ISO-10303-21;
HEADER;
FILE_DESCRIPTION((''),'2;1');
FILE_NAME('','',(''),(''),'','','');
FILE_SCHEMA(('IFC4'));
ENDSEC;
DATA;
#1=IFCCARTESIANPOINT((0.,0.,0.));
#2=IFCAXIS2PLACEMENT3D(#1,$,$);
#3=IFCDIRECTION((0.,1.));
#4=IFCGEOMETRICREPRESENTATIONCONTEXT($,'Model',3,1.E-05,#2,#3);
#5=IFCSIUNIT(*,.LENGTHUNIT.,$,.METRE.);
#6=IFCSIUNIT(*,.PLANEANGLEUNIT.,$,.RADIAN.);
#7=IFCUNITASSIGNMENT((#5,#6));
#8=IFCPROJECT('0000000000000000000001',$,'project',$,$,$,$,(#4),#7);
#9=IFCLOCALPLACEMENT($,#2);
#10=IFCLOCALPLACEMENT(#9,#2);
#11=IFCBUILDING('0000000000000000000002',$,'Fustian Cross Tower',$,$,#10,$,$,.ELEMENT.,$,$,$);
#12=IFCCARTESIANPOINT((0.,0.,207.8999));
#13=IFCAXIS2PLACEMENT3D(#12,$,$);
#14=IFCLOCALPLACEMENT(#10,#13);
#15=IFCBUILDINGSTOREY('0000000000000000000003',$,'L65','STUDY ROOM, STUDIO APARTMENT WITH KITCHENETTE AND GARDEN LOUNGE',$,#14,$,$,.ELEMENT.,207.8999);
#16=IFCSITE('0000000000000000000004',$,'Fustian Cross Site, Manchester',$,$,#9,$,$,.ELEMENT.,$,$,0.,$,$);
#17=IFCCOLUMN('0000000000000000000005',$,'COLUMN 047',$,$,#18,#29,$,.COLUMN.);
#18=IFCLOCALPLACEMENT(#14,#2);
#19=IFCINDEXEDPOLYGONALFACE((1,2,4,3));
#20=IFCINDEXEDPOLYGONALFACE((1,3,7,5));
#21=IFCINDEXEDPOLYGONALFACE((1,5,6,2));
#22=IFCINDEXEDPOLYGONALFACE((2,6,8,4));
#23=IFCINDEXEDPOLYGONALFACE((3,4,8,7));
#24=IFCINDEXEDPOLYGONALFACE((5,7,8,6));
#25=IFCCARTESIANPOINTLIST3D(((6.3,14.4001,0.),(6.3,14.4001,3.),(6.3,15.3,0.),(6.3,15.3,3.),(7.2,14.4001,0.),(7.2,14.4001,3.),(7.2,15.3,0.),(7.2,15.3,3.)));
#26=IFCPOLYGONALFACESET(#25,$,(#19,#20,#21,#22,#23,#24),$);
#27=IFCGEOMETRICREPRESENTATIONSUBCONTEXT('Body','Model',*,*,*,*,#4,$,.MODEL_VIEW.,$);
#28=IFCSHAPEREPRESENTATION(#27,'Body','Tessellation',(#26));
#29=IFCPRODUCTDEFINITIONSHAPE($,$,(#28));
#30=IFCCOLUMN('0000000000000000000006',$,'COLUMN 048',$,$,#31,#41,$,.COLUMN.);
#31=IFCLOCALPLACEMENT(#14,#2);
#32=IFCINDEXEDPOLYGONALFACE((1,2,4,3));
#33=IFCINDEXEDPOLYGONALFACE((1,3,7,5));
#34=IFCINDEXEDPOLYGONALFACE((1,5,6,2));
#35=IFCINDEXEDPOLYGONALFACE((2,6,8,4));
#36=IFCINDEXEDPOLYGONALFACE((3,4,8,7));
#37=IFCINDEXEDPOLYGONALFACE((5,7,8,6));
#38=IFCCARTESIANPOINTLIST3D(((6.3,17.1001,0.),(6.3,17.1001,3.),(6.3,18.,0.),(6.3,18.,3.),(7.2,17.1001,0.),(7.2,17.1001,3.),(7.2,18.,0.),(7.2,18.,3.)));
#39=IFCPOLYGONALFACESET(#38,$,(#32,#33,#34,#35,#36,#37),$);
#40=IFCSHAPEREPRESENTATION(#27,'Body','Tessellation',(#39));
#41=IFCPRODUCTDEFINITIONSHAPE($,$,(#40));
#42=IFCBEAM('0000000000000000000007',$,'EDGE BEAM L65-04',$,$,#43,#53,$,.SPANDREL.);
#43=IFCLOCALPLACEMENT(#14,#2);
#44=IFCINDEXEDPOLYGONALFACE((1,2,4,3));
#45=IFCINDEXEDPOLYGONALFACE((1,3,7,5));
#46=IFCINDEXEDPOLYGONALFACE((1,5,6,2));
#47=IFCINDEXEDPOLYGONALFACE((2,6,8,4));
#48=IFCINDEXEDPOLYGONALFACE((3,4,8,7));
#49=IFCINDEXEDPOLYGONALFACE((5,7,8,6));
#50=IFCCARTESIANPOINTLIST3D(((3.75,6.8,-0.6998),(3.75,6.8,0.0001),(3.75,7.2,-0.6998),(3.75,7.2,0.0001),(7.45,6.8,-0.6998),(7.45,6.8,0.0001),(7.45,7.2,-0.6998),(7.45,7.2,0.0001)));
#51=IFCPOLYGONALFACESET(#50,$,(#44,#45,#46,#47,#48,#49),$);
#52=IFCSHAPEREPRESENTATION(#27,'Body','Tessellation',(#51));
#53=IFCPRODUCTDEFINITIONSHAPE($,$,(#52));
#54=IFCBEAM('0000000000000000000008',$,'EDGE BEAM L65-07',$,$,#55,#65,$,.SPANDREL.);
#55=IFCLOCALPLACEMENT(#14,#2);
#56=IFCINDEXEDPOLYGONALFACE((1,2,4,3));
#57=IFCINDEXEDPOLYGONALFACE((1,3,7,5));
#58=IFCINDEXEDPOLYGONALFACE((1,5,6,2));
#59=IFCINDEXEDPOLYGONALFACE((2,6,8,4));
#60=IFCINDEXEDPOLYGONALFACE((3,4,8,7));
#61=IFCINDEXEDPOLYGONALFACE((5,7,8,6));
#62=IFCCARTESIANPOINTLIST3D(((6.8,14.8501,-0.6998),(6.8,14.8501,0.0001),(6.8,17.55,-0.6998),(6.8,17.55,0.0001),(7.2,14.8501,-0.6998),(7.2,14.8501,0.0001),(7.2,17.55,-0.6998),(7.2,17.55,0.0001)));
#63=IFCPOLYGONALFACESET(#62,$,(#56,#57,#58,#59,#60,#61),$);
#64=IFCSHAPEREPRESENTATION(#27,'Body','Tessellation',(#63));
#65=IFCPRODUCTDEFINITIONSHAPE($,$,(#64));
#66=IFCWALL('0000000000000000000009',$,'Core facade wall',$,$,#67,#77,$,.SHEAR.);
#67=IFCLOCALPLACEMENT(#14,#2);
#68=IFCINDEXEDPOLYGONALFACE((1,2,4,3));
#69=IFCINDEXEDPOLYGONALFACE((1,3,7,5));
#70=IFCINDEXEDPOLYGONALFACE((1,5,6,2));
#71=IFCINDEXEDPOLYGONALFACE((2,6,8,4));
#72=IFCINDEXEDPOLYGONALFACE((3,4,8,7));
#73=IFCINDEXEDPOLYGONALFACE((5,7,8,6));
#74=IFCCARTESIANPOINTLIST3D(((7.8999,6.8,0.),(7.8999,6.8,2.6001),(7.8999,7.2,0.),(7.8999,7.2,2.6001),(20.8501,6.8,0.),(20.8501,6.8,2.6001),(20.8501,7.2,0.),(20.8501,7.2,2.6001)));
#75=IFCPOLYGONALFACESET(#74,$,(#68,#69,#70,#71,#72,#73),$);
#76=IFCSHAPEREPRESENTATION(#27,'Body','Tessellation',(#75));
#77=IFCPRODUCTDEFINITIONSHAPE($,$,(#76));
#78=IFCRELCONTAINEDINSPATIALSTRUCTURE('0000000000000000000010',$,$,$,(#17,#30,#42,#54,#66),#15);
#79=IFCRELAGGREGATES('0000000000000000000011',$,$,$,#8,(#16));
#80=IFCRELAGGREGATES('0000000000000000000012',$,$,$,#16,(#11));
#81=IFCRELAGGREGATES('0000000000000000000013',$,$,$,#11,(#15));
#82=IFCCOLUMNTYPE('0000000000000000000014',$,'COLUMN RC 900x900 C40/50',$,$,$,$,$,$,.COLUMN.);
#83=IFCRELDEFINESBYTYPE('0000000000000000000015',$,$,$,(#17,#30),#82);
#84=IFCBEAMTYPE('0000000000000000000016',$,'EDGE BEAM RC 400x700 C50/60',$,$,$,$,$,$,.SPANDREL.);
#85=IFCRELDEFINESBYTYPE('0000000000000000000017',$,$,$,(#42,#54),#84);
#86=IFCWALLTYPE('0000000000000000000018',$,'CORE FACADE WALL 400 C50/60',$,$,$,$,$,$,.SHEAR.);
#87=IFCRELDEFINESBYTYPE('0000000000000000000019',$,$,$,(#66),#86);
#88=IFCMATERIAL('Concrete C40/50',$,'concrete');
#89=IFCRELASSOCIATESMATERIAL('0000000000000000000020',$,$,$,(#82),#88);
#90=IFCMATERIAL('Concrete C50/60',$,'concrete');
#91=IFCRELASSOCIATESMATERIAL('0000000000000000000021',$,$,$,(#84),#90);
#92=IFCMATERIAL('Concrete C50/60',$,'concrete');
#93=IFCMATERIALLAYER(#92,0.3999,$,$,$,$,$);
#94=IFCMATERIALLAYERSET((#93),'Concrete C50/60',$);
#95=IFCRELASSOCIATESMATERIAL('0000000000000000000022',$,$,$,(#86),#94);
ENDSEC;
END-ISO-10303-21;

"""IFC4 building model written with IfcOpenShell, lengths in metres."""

from ifc_helpers import new_model, si_unit, direction, frame, frame_2d, origin, origin_2d, place, context, subcontext, project, spatial, rectangle, extrude, material, layer, layer_set, material_profile, profile_set, type_object, element, save


model = new_model("IFC4")

# Units and contexts
model_context = context("Model", 3, precision=1e-05, world=origin(), true_north=direction((0.0, 1.0)))
body_context = subcontext(model_context, "Body", "Model", "MODEL_VIEW")
ifc_project = project(units=[si_unit("LENGTHUNIT", "METRE"), si_unit("PLANEANGLEUNIT", "RADIAN")], contexts=[model_context])

# Site, building, storey
site_placement = place(None, origin())
site = spatial("IfcSite", under=ifc_project, at=site_placement, Name="Fustian Cross Site, Manchester", CompositionType="ELEMENT", RefElevation=0.0)
building_placement = place(site_placement, origin())
building = spatial("IfcBuilding", under=site, at=building_placement, Name="Fustian Cross Tower", CompositionType="ELEMENT")
storey_placement = place(building_placement, frame((0.0, 0.0, 207.8999)))
storey = spatial("IfcBuildingStorey", under=building, at=storey_placement, Name="L65", Description="STUDY ROOM, STUDIO APARTMENT WITH KITCHENETTE AND GARDEN LOUNGE", CompositionType="ELEMENT", Elevation=207.8999)

# Columns
ifc_material_1 = material(Name="Concrete C40/50", Category="concrete")
ifc_material_profile_1 = material_profile(ifc_material_1, rectangle(XDim=0.8999, YDim=0.8999, at=origin_2d()), Name="RC 900x900")
ifc_profile_set_1 = profile_set([ifc_material_profile_1], Name="Concrete C40/50")
column_type = type_object("IfcColumnType", Name="COLUMN RC 900x900 C40/50", PredefinedType="COLUMN", material=ifc_profile_set_1)
for number, where, z_axis, x_axis, name in (
    (1, (6.75, 14.8501, 0.0), (0.0, 0.0, 1.0), (1.0, 0.0, 0.0), "COLUMN 047"),
    (2, (6.75, 17.55, 0.0), (0.0, 0.0, 1.0), (1.0, 0.0, 0.0), "COLUMN 048"),
):
    element("IfcColumn", number, at=place(storey_placement, frame(where, z_axis=z_axis, x_axis=x_axis)), inside=storey, type_object=column_type, Name=name, PredefinedType="COLUMN", context=body_context, shape_type="SweptSolid", body=[
        extrude(rectangle(XDim=0.8999, YDim=0.8999, at=origin_2d()), origin(), (0.0, 0.0, 1.0), 3.0),
    ])

# Beams
ifc_material_2 = material(Name="Concrete C50/60", Category="concrete")
ifc_material_profile_2 = material_profile(ifc_material_2, rectangle(XDim=0.3999, YDim=0.7, at=origin_2d()), Name="RC 400x700")
ifc_profile_set_2 = profile_set([ifc_material_profile_2], Name="Concrete C50/60")
beam_type = type_object("IfcBeamType", Name="EDGE BEAM RC 400x700 C50/60", PredefinedType="SPANDREL", material=ifc_profile_set_2)
beam_1_placement = place(storey_placement, frame((7.45, 7.0, -0.3499), z_axis=(-1.0, 0.0, 0.0), x_axis=(0.0, -1.0, 0.0)))
element("IfcBeam", 3, at=beam_1_placement, inside=storey, type_object=beam_type, Name="EDGE BEAM L65-04", PredefinedType="SPANDREL", context=body_context, shape_type="SweptSolid", body=[
    extrude(rectangle(XDim=0.3999, YDim=0.7, at=origin_2d()), origin(), (0.0, 0.0, 1.0), 3.7),
])
beam_2_placement = place(storey_placement, frame((7.0, 14.8501, -0.3499), z_axis=(0.0, 1.0, 0.0), x_axis=(-1.0, 0.0, 0.0)))
element("IfcBeam", 4, at=beam_2_placement, inside=storey, type_object=beam_type, Name="EDGE BEAM L65-07", PredefinedType="SPANDREL", context=body_context, shape_type="SweptSolid", body=[
    extrude(rectangle(XDim=0.3999, YDim=0.7, at=origin_2d()), origin(), (0.0, 0.0, 1.0), 2.7),
])

# Wall
ifc_material_3 = material(Name="Concrete C50/60", Category="concrete")
ifc_layer_1 = layer(ifc_material_3, 0.3999)
ifc_layer_set_1 = layer_set([ifc_layer_1], Name="Concrete C50/60")
wall_type_1 = type_object("IfcWallType", Name="CORE FACADE WALL 400 C50/60", PredefinedType="SHEAR", material=ifc_layer_set_1)
wall_1_placement = place(storey_placement, frame((7.8999, 7.0, 0.0), z_axis=(0.0, 0.0, 1.0), x_axis=(1.0, 0.0, 0.0)))
element("IfcWall", 5, at=wall_1_placement, inside=storey, type_object=wall_type_1, Name="Core facade wall", PredefinedType="SHEAR", context=body_context, shape_type="SweptSolid", body=[
    extrude(rectangle(XDim=12.9502, YDim=0.3999, at=frame_2d((6.4751, 0.0))), origin(), (0.0, 0.0, 1.0), 2.6001),
])

save(model, "model.ifc")
